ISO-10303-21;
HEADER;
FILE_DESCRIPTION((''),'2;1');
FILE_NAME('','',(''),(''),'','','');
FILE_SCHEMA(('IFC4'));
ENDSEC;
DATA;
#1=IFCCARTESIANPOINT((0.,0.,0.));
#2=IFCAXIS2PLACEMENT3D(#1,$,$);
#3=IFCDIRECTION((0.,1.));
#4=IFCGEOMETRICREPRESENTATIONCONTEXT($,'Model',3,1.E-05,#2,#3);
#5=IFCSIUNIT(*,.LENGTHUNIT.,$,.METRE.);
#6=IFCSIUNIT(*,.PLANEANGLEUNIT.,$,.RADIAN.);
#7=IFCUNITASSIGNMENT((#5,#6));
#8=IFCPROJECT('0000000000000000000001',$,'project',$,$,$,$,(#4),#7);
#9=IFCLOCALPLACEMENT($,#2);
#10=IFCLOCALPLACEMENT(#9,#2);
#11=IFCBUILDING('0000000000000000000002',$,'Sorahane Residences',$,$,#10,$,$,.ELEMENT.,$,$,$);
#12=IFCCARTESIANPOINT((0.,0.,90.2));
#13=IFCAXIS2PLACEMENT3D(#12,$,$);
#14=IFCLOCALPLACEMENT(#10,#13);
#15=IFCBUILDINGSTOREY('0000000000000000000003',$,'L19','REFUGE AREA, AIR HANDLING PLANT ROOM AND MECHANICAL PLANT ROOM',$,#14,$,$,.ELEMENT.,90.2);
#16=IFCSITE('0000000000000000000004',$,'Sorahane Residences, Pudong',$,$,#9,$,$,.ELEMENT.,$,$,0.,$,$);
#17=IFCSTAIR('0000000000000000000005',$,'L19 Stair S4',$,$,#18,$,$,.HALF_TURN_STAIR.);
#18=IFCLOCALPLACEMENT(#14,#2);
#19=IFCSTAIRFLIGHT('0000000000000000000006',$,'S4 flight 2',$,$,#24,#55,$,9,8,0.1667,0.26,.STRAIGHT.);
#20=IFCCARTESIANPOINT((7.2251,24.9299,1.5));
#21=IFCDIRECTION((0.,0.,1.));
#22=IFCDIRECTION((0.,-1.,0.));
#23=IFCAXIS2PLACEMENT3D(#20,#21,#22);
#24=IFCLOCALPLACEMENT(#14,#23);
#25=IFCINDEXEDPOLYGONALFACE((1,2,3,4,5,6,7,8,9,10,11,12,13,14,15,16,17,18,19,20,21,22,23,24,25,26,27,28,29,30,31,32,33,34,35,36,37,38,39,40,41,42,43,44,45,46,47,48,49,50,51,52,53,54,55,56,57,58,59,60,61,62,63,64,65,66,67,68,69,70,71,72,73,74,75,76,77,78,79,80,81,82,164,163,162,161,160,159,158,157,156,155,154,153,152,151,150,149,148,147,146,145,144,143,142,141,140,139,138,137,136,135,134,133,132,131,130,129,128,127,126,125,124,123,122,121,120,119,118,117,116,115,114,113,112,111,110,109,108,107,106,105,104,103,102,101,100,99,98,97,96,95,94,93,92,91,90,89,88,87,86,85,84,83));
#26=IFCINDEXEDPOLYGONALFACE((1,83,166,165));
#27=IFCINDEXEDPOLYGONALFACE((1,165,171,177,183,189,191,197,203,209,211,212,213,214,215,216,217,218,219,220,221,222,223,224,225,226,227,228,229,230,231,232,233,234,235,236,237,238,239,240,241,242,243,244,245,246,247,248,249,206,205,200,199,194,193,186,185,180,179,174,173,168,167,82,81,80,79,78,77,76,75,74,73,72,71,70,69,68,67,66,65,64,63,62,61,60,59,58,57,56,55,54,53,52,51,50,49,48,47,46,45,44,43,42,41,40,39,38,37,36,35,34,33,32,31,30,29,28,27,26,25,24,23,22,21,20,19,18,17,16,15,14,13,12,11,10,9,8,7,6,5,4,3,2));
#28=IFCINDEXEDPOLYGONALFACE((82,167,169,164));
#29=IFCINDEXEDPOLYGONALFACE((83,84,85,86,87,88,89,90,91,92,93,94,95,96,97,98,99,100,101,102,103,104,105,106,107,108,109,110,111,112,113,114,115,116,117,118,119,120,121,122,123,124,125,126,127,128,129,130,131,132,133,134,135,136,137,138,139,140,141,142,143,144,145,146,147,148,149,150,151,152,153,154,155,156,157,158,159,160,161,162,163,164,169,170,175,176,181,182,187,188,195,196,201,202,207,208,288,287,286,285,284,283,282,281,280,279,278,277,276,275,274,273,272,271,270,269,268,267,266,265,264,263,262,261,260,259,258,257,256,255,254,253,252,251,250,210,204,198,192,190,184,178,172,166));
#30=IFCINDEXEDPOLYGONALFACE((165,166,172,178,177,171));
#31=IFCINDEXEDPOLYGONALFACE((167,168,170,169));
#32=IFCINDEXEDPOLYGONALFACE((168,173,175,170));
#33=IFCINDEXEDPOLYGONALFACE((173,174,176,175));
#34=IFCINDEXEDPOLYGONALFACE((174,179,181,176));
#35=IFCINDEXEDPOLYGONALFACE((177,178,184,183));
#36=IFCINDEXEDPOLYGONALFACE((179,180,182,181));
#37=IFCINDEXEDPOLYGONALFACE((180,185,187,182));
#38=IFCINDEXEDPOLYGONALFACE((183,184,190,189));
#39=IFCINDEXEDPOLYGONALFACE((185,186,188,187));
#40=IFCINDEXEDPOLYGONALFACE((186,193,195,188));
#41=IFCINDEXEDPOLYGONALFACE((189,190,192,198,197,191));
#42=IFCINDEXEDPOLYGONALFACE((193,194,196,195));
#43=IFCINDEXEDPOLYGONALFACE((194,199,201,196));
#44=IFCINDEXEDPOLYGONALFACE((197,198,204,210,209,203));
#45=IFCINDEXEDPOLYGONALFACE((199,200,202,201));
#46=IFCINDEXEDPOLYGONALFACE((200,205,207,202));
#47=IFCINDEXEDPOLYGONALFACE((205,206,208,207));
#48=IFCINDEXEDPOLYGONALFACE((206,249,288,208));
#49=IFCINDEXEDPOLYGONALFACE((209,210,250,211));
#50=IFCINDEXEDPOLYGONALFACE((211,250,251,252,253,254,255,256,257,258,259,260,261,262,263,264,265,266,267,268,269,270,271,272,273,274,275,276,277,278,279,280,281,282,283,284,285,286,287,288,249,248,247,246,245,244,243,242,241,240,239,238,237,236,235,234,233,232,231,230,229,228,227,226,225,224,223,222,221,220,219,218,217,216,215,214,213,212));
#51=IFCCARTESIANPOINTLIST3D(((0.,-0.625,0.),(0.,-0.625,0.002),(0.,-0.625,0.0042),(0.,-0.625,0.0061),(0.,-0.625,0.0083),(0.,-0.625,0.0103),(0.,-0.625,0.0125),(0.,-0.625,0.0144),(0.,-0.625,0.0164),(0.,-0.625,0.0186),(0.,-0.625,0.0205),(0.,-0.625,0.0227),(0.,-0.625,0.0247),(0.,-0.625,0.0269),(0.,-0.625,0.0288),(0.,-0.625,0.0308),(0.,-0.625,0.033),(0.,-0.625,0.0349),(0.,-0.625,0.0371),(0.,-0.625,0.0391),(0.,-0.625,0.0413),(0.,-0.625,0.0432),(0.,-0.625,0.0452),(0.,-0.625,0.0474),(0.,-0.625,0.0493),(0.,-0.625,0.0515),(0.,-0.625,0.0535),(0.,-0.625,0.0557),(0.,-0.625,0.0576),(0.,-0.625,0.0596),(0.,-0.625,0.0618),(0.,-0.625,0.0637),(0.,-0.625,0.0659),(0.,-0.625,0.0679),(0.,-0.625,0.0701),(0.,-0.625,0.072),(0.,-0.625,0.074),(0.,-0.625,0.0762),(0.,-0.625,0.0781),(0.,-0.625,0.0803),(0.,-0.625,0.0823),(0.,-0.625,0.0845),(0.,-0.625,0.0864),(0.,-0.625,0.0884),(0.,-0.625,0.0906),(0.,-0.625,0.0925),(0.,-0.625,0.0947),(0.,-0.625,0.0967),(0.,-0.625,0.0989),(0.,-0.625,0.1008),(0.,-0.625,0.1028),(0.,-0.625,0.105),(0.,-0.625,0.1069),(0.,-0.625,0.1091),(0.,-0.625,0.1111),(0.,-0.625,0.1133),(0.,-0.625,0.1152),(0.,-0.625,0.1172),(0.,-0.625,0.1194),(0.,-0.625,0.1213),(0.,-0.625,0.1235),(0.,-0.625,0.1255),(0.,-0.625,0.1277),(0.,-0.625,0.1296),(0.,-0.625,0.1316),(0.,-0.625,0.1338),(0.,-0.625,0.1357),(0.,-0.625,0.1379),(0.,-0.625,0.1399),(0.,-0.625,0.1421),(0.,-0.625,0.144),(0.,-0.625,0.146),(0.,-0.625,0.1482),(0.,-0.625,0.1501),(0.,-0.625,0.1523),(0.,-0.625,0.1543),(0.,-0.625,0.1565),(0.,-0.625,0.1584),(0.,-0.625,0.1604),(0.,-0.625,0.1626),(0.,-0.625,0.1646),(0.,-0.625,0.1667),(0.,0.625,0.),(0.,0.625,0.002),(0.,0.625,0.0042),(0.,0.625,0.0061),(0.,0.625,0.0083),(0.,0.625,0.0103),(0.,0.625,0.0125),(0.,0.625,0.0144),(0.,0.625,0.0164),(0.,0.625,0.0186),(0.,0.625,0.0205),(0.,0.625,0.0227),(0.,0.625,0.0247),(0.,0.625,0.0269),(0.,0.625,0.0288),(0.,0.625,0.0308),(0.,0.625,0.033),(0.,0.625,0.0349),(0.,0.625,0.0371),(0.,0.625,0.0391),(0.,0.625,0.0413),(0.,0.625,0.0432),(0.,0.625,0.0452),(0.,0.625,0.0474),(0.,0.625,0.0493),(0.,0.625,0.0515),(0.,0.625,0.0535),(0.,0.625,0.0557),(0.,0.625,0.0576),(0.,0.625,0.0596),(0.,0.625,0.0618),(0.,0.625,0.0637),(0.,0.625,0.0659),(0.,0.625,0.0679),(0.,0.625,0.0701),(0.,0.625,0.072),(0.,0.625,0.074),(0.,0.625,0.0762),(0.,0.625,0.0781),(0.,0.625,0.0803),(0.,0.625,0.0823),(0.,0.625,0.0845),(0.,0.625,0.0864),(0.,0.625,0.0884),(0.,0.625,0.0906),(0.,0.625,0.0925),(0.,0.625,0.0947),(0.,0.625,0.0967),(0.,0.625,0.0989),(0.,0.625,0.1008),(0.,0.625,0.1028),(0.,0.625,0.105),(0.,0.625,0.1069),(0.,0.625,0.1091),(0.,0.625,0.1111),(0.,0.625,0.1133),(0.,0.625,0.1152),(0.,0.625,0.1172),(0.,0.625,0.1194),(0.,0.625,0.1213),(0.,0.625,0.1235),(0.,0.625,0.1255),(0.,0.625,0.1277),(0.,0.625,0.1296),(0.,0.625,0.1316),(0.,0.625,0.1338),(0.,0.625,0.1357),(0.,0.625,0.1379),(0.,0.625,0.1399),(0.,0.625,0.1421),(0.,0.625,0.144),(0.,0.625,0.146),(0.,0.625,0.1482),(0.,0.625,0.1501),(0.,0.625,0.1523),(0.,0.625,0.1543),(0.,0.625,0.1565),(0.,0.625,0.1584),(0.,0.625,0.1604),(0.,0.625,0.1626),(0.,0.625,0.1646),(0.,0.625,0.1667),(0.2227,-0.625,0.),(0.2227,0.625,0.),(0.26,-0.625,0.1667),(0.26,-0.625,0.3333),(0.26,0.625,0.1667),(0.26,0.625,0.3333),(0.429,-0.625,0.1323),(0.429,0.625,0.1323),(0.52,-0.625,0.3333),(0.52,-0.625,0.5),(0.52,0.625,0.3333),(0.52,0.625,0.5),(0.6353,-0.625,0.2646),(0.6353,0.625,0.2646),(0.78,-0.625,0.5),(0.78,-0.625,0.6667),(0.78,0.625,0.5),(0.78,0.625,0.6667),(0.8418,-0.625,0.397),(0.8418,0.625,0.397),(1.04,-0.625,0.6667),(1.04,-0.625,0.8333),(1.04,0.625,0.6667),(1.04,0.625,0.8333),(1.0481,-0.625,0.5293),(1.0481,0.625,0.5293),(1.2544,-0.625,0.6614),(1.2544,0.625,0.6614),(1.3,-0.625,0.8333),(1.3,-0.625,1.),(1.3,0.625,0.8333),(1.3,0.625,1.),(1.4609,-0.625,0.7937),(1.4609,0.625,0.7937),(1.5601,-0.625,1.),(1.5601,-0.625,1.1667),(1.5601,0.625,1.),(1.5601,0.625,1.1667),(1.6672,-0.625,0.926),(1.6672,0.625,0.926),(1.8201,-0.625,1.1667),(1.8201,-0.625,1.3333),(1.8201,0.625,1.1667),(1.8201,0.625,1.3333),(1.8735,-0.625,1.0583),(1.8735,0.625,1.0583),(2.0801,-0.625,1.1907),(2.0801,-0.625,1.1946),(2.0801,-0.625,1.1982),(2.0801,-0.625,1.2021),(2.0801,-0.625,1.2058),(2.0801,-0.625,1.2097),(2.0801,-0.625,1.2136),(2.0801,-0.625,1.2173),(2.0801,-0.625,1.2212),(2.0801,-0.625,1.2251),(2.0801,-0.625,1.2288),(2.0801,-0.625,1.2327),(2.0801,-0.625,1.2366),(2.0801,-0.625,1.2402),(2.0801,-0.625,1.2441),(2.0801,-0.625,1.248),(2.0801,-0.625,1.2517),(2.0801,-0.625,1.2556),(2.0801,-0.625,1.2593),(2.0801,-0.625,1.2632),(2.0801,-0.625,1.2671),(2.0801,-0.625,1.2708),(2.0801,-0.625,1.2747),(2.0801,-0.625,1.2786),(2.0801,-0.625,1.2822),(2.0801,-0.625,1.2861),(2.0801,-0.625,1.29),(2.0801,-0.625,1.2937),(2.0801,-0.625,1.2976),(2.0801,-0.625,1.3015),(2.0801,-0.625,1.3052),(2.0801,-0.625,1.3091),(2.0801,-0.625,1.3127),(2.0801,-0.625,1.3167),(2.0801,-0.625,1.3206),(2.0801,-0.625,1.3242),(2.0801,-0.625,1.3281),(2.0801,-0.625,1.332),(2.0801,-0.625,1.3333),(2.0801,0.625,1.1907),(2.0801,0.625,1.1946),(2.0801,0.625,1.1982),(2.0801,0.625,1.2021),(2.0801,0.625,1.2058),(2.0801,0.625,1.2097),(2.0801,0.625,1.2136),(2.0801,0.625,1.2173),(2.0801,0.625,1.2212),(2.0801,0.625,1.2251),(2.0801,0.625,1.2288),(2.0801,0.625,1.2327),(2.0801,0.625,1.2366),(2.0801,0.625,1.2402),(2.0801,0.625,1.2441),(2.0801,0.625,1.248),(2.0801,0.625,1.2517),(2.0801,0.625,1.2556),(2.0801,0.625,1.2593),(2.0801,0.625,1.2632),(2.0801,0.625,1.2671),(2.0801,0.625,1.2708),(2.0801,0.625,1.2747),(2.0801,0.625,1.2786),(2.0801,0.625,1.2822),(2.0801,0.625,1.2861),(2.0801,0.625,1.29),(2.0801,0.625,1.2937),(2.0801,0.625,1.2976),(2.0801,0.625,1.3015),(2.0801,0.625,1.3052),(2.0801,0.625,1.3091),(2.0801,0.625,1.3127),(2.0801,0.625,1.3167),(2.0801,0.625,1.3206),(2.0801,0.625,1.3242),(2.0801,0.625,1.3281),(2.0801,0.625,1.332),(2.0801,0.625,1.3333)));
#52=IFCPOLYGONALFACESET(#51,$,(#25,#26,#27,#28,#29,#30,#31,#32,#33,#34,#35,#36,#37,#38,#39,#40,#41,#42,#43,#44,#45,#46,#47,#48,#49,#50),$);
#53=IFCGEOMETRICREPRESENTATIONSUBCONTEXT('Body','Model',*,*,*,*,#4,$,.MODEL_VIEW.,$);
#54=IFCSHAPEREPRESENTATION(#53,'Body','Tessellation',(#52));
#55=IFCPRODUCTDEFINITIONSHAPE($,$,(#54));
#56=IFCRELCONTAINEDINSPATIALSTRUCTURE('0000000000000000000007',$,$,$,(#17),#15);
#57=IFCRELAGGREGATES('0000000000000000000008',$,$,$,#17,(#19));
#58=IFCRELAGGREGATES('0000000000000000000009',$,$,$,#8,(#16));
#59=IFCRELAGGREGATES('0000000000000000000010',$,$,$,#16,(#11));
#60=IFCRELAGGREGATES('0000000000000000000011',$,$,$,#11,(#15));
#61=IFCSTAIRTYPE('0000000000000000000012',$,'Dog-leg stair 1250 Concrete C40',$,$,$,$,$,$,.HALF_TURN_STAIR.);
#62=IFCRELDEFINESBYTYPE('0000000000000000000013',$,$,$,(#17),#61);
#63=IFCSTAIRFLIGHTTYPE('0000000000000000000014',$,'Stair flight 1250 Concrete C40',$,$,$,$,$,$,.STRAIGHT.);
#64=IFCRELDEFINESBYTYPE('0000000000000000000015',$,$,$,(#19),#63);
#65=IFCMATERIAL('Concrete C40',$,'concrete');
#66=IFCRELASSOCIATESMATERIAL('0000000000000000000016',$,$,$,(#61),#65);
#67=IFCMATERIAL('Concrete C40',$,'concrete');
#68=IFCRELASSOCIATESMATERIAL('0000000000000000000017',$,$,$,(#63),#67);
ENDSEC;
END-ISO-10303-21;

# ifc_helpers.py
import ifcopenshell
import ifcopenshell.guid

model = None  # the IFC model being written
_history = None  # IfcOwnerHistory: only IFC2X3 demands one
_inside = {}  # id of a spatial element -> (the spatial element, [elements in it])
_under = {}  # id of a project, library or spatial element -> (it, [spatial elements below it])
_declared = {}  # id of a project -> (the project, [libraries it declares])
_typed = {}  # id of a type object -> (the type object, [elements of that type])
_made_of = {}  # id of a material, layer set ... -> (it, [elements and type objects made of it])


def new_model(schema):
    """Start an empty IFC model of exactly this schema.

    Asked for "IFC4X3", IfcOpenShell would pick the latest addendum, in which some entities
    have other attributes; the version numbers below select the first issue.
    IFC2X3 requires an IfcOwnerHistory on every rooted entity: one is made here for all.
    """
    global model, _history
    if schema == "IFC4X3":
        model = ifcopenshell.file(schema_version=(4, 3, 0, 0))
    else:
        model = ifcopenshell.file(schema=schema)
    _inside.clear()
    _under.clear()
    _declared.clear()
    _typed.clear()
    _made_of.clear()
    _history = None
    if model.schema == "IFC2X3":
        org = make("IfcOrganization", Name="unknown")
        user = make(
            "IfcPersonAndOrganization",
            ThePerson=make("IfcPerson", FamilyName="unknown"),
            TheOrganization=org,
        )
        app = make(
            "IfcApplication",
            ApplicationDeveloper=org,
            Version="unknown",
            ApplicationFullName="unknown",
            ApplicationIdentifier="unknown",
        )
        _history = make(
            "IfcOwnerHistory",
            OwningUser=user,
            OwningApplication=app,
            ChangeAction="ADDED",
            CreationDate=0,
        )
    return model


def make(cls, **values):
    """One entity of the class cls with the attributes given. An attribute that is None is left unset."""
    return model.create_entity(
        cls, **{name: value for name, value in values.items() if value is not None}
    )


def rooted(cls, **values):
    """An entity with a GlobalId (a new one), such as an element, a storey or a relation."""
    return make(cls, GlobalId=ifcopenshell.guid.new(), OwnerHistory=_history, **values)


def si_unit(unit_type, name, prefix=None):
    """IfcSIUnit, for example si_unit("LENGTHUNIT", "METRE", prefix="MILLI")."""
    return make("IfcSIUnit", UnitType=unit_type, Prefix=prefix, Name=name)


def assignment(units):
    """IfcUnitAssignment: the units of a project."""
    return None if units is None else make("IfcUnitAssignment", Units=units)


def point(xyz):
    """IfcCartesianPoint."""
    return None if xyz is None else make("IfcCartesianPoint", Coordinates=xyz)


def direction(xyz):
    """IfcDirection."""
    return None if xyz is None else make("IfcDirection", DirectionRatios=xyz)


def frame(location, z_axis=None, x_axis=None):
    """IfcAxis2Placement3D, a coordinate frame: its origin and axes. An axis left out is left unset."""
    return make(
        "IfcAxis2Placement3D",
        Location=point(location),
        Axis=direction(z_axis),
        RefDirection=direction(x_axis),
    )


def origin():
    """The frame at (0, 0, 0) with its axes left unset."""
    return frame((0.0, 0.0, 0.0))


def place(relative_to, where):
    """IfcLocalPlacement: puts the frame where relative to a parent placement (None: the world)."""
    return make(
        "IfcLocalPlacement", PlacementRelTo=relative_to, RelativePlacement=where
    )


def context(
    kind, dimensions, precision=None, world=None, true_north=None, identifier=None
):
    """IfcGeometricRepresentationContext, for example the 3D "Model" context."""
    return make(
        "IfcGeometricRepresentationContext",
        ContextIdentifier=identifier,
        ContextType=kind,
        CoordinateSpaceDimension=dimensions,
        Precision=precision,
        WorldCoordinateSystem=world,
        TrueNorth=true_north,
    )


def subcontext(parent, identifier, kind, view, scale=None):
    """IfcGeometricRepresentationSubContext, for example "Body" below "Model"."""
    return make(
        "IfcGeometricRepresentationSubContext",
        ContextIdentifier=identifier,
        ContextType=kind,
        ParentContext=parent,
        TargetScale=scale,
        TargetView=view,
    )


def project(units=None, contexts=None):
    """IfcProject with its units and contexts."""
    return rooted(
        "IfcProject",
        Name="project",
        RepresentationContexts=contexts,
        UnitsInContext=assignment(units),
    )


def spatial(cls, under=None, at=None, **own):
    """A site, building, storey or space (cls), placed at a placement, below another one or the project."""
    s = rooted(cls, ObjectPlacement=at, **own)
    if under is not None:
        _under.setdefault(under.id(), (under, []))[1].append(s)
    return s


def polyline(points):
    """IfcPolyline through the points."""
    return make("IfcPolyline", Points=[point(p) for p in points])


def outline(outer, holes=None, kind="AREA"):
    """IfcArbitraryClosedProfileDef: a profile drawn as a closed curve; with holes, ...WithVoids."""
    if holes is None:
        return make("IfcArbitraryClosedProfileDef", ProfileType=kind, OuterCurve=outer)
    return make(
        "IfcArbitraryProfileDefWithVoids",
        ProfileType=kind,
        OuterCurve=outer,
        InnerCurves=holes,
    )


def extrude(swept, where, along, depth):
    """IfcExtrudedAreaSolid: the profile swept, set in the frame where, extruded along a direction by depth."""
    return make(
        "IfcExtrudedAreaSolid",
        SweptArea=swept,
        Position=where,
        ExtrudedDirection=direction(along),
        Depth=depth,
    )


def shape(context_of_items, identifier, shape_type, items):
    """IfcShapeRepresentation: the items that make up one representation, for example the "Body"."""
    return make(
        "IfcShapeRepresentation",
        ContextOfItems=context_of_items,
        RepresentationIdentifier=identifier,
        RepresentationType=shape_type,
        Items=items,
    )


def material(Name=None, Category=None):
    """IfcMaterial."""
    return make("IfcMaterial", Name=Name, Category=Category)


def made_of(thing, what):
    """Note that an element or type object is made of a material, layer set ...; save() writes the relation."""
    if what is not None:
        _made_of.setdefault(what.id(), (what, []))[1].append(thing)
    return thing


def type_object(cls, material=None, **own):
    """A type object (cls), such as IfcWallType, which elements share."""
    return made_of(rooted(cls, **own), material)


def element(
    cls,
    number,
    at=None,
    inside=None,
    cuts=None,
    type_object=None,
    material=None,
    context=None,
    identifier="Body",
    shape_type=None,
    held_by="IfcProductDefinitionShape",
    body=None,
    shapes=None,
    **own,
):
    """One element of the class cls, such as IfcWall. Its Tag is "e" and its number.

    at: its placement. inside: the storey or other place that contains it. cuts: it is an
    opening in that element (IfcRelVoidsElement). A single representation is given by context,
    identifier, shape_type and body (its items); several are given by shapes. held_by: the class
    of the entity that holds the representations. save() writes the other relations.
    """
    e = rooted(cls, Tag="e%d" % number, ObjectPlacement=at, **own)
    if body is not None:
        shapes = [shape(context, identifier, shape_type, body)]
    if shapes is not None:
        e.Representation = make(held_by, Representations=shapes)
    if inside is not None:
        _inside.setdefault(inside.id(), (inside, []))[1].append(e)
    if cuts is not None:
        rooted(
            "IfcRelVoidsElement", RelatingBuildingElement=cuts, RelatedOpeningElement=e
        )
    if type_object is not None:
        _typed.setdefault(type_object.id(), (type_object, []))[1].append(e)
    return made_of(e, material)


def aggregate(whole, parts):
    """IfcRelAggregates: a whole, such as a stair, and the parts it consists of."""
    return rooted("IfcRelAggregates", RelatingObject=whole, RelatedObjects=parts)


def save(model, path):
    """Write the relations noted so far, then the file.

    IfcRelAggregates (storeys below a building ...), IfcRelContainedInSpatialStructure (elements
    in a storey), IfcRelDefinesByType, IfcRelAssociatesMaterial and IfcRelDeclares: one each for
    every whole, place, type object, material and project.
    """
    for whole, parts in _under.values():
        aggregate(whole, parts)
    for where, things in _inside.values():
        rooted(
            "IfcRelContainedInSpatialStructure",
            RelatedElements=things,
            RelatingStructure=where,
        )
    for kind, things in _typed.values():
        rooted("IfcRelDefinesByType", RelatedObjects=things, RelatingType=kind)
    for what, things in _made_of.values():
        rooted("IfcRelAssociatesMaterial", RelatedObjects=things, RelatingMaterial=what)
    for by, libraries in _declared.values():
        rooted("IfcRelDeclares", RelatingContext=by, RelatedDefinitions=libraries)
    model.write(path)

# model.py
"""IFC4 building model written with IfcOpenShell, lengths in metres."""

from ifc_helpers import new_model, si_unit, direction, frame, origin, place, context, subcontext, project, spatial, polyline, outline, extrude, material, type_object, element, aggregate, save


model = new_model("IFC4")

# Units and contexts
model_context = context("Model", 3, precision=1e-05, world=origin(), true_north=direction((0.0, 1.0)))
body_context = subcontext(model_context, "Body", "Model", "MODEL_VIEW")
ifc_project = project(units=[si_unit("LENGTHUNIT", "METRE"), si_unit("PLANEANGLEUNIT", "RADIAN")], contexts=[model_context])

# Site, building, storey
site_placement = place(None, origin())
site = spatial("IfcSite", under=ifc_project, at=site_placement, Name="Sorahane Residences, Pudong", CompositionType="ELEMENT", RefElevation=0.0)
building_placement = place(site_placement, origin())
building = spatial("IfcBuilding", under=site, at=building_placement, Name="Sorahane Residences", CompositionType="ELEMENT")
storey_placement = place(building_placement, frame((0.0, 0.0, 90.2)))
storey = spatial("IfcBuildingStorey", under=building, at=storey_placement, Name="L19", Description="REFUGE AREA, AIR HANDLING PLANT ROOM AND MECHANICAL PLANT ROOM", CompositionType="ELEMENT", Elevation=90.2)

# Shared definitions
ifc_material_1 = material(Name="Concrete C40", Category="concrete")
stair_type = type_object("IfcStairType", Name="Dog-leg stair 1250 Concrete C40", PredefinedType="HALF_TURN_STAIR", material=ifc_material_1)
ifc_material_2 = material(Name="Concrete C40", Category="concrete")
stair_flight_type = type_object("IfcStairFlightType", Name="Stair flight 1250 Concrete C40", PredefinedType="STRAIGHT", material=ifc_material_2)

# Stair, stair flight
stair_1_placement = place(storey_placement, origin())
stair_1 = element("IfcStair", 1, at=stair_1_placement, inside=storey, type_object=stair_type, Name="L19 Stair S4", PredefinedType="HALF_TURN_STAIR")
stair_flight_1_placement = place(storey_placement, frame((7.2251, 24.9299, 1.5), z_axis=(0.0, 0.0, 1.0), x_axis=(0.0, -1.0, 0.0)))
stair_flight_1 = element("IfcStairFlight", 2, at=stair_flight_1_placement, type_object=stair_flight_type, Name="S4 flight 2", NumberOfRisers=9, NumberOfTreads=8, PredefinedType="STRAIGHT", RiserHeight=0.1667, TreadLength=0.26, context=body_context, shape_type="SweptSolid", body=[
    extrude(outline(polyline([(0.0, 0.0), (0.0, 0.002), (0.0, 0.0042), (0.0, 0.0061), (0.0, 0.0083), (0.0, 0.0103), (0.0, 0.0125), (0.0, 0.0144), (0.0, 0.0164), (0.0, 0.0186), (0.0, 0.0205), (0.0, 0.0227), (0.0, 0.0247), (0.0, 0.0269), (0.0, 0.0288), (0.0, 0.0308), (0.0, 0.033), (0.0, 0.0349), (0.0, 0.0371), (0.0, 0.0391), (0.0, 0.0413), (0.0, 0.0432), (0.0, 0.0452), (0.0, 0.0474), (0.0, 0.0493), (0.0, 0.0515), (0.0, 0.0535), (0.0, 0.0557), (0.0, 0.0576), (0.0, 0.0596), (0.0, 0.0618), (0.0, 0.0637), (0.0, 0.0659), (0.0, 0.0679), (0.0, 0.0701), (0.0, 0.072), (0.0, 0.074), (0.0, 0.0762), (0.0, 0.0781), (0.0, 0.0803), (0.0, 0.0823), (0.0, 0.0845), (0.0, 0.0864), (0.0, 0.0884), (0.0, 0.0906), (0.0, 0.0925), (0.0, 0.0947), (0.0, 0.0967), (0.0, 0.0989), (0.0, 0.1008), (0.0, 0.1028), (0.0, 0.105), (0.0, 0.1069), (0.0, 0.1091), (0.0, 0.1111), (0.0, 0.1133), (0.0, 0.1152), (0.0, 0.1172), (0.0, 0.1194), (0.0, 0.1213), (0.0, 0.1235), (0.0, 0.1255), (0.0, 0.1277), (0.0, 0.1296), (0.0, 0.1316), (0.0, 0.1338), (0.0, 0.1357), (0.0, 0.1379), (0.0, 0.1399), (0.0, 0.1421), (0.0, 0.144), (0.0, 0.146), (0.0, 0.1482), (0.0, 0.1501), (0.0, 0.1523), (0.0, 0.1543), (0.0, 0.1565), (0.0, 0.1584), (0.0, 0.1604), (0.0, 0.1626), (0.0, 0.1646), (0.0, 0.1667), (0.26, 0.1667), (0.26, 0.3333), (0.52, 0.3333), (0.52, 0.5), (0.78, 0.5), (0.78, 0.6667), (1.04, 0.6667), (1.04, 0.8333), (1.3, 0.8333), (1.3, 1.0), (1.5601, 1.0), (1.5601, 1.1667), (1.8201, 1.1667), (1.8201, 1.3333), (2.0801, 1.3333), (2.0801, 1.5), (2.0801, 1.4961), (2.0801, 1.4924), (2.0801, 1.4885), (2.0801, 1.4846), (2.0801, 1.481), (2.0801, 1.4771), (2.0801, 1.4731), (2.0801, 1.4695), (2.0801, 1.4656), (2.0801, 1.4619), (2.0801, 1.458), (2.0801, 1.4541), (2.0801, 1.4504), (2.0801, 1.4465), (2.0801, 1.4426), (2.0801, 1.439), (2.0801, 1.4351), (2.0801, 1.4312), (2.0801, 1.4275), (2.0801, 1.4236), (2.0801, 1.4197), (2.0801, 1.416), (2.0801, 1.4121), (2.0801, 1.4084), (2.0801, 1.4045), (2.0801, 1.4006), (2.0801, 1.397), (2.0801, 1.3931), (2.0801, 1.3892), (2.0801, 1.3855), (2.0801, 1.3816), (2.0801, 1.3777), (2.0801, 1.374), (2.0801, 1.3701), (2.0801, 1.3662), (2.0801, 1.3625), (2.0801, 1.3586), (2.0801, 1.355), (2.0801, 1.3511), (2.0801, 1.3472), (2.0801, 1.3435), (2.0801, 1.3396), (2.0801, 1.3357), (2.0801, 1.332), (2.0801, 1.3281), (2.0801, 1.3242), (2.0801, 1.3206), (2.0801, 1.3167), (2.0801, 1.3127), (2.0801, 1.3091), (2.0801, 1.3052), (2.0801, 1.3015), (2.0801, 1.2976), (2.0801, 1.2937), (2.0801, 1.29), (2.0801, 1.2861), (2.0801, 1.2822), (2.0801, 1.2786), (2.0801, 1.2747), (2.0801, 1.2708), (2.0801, 1.2671), (2.0801, 1.2632), (2.0801, 1.2593), (2.0801, 1.2556), (2.0801, 1.2517), (2.0801, 1.248), (2.0801, 1.2441), (2.0801, 1.2402), (2.0801, 1.2366), (2.0801, 1.2327), (2.0801, 1.2288), (2.0801, 1.2251), (2.0801, 1.2212), (2.0801, 1.2173), (2.0801, 1.2136), (2.0801, 1.2097), (2.0801, 1.2058), (2.0801, 1.2021), (2.0801, 1.1982), (2.0801, 1.1946), (2.0801, 1.1907), (1.8735, 1.0583), (1.6672, 0.926), (1.4609, 0.7937), (1.2544, 0.6614), (1.0481, 0.5293), (0.8418, 0.397), (0.6353, 0.2646), (0.429, 0.1323), (0.2227, 0.0), (0.0, 0.0)])), frame((0.0, 0.625, 0.0), z_axis=(0.0, -1.0, 0.0), x_axis=(1.0, 0.0, 0.0)), (0.0, 0.0, 1.0), 1.25),
])
aggregate(stair_1, [stair_flight_1])

save(model, "model.ifc")
